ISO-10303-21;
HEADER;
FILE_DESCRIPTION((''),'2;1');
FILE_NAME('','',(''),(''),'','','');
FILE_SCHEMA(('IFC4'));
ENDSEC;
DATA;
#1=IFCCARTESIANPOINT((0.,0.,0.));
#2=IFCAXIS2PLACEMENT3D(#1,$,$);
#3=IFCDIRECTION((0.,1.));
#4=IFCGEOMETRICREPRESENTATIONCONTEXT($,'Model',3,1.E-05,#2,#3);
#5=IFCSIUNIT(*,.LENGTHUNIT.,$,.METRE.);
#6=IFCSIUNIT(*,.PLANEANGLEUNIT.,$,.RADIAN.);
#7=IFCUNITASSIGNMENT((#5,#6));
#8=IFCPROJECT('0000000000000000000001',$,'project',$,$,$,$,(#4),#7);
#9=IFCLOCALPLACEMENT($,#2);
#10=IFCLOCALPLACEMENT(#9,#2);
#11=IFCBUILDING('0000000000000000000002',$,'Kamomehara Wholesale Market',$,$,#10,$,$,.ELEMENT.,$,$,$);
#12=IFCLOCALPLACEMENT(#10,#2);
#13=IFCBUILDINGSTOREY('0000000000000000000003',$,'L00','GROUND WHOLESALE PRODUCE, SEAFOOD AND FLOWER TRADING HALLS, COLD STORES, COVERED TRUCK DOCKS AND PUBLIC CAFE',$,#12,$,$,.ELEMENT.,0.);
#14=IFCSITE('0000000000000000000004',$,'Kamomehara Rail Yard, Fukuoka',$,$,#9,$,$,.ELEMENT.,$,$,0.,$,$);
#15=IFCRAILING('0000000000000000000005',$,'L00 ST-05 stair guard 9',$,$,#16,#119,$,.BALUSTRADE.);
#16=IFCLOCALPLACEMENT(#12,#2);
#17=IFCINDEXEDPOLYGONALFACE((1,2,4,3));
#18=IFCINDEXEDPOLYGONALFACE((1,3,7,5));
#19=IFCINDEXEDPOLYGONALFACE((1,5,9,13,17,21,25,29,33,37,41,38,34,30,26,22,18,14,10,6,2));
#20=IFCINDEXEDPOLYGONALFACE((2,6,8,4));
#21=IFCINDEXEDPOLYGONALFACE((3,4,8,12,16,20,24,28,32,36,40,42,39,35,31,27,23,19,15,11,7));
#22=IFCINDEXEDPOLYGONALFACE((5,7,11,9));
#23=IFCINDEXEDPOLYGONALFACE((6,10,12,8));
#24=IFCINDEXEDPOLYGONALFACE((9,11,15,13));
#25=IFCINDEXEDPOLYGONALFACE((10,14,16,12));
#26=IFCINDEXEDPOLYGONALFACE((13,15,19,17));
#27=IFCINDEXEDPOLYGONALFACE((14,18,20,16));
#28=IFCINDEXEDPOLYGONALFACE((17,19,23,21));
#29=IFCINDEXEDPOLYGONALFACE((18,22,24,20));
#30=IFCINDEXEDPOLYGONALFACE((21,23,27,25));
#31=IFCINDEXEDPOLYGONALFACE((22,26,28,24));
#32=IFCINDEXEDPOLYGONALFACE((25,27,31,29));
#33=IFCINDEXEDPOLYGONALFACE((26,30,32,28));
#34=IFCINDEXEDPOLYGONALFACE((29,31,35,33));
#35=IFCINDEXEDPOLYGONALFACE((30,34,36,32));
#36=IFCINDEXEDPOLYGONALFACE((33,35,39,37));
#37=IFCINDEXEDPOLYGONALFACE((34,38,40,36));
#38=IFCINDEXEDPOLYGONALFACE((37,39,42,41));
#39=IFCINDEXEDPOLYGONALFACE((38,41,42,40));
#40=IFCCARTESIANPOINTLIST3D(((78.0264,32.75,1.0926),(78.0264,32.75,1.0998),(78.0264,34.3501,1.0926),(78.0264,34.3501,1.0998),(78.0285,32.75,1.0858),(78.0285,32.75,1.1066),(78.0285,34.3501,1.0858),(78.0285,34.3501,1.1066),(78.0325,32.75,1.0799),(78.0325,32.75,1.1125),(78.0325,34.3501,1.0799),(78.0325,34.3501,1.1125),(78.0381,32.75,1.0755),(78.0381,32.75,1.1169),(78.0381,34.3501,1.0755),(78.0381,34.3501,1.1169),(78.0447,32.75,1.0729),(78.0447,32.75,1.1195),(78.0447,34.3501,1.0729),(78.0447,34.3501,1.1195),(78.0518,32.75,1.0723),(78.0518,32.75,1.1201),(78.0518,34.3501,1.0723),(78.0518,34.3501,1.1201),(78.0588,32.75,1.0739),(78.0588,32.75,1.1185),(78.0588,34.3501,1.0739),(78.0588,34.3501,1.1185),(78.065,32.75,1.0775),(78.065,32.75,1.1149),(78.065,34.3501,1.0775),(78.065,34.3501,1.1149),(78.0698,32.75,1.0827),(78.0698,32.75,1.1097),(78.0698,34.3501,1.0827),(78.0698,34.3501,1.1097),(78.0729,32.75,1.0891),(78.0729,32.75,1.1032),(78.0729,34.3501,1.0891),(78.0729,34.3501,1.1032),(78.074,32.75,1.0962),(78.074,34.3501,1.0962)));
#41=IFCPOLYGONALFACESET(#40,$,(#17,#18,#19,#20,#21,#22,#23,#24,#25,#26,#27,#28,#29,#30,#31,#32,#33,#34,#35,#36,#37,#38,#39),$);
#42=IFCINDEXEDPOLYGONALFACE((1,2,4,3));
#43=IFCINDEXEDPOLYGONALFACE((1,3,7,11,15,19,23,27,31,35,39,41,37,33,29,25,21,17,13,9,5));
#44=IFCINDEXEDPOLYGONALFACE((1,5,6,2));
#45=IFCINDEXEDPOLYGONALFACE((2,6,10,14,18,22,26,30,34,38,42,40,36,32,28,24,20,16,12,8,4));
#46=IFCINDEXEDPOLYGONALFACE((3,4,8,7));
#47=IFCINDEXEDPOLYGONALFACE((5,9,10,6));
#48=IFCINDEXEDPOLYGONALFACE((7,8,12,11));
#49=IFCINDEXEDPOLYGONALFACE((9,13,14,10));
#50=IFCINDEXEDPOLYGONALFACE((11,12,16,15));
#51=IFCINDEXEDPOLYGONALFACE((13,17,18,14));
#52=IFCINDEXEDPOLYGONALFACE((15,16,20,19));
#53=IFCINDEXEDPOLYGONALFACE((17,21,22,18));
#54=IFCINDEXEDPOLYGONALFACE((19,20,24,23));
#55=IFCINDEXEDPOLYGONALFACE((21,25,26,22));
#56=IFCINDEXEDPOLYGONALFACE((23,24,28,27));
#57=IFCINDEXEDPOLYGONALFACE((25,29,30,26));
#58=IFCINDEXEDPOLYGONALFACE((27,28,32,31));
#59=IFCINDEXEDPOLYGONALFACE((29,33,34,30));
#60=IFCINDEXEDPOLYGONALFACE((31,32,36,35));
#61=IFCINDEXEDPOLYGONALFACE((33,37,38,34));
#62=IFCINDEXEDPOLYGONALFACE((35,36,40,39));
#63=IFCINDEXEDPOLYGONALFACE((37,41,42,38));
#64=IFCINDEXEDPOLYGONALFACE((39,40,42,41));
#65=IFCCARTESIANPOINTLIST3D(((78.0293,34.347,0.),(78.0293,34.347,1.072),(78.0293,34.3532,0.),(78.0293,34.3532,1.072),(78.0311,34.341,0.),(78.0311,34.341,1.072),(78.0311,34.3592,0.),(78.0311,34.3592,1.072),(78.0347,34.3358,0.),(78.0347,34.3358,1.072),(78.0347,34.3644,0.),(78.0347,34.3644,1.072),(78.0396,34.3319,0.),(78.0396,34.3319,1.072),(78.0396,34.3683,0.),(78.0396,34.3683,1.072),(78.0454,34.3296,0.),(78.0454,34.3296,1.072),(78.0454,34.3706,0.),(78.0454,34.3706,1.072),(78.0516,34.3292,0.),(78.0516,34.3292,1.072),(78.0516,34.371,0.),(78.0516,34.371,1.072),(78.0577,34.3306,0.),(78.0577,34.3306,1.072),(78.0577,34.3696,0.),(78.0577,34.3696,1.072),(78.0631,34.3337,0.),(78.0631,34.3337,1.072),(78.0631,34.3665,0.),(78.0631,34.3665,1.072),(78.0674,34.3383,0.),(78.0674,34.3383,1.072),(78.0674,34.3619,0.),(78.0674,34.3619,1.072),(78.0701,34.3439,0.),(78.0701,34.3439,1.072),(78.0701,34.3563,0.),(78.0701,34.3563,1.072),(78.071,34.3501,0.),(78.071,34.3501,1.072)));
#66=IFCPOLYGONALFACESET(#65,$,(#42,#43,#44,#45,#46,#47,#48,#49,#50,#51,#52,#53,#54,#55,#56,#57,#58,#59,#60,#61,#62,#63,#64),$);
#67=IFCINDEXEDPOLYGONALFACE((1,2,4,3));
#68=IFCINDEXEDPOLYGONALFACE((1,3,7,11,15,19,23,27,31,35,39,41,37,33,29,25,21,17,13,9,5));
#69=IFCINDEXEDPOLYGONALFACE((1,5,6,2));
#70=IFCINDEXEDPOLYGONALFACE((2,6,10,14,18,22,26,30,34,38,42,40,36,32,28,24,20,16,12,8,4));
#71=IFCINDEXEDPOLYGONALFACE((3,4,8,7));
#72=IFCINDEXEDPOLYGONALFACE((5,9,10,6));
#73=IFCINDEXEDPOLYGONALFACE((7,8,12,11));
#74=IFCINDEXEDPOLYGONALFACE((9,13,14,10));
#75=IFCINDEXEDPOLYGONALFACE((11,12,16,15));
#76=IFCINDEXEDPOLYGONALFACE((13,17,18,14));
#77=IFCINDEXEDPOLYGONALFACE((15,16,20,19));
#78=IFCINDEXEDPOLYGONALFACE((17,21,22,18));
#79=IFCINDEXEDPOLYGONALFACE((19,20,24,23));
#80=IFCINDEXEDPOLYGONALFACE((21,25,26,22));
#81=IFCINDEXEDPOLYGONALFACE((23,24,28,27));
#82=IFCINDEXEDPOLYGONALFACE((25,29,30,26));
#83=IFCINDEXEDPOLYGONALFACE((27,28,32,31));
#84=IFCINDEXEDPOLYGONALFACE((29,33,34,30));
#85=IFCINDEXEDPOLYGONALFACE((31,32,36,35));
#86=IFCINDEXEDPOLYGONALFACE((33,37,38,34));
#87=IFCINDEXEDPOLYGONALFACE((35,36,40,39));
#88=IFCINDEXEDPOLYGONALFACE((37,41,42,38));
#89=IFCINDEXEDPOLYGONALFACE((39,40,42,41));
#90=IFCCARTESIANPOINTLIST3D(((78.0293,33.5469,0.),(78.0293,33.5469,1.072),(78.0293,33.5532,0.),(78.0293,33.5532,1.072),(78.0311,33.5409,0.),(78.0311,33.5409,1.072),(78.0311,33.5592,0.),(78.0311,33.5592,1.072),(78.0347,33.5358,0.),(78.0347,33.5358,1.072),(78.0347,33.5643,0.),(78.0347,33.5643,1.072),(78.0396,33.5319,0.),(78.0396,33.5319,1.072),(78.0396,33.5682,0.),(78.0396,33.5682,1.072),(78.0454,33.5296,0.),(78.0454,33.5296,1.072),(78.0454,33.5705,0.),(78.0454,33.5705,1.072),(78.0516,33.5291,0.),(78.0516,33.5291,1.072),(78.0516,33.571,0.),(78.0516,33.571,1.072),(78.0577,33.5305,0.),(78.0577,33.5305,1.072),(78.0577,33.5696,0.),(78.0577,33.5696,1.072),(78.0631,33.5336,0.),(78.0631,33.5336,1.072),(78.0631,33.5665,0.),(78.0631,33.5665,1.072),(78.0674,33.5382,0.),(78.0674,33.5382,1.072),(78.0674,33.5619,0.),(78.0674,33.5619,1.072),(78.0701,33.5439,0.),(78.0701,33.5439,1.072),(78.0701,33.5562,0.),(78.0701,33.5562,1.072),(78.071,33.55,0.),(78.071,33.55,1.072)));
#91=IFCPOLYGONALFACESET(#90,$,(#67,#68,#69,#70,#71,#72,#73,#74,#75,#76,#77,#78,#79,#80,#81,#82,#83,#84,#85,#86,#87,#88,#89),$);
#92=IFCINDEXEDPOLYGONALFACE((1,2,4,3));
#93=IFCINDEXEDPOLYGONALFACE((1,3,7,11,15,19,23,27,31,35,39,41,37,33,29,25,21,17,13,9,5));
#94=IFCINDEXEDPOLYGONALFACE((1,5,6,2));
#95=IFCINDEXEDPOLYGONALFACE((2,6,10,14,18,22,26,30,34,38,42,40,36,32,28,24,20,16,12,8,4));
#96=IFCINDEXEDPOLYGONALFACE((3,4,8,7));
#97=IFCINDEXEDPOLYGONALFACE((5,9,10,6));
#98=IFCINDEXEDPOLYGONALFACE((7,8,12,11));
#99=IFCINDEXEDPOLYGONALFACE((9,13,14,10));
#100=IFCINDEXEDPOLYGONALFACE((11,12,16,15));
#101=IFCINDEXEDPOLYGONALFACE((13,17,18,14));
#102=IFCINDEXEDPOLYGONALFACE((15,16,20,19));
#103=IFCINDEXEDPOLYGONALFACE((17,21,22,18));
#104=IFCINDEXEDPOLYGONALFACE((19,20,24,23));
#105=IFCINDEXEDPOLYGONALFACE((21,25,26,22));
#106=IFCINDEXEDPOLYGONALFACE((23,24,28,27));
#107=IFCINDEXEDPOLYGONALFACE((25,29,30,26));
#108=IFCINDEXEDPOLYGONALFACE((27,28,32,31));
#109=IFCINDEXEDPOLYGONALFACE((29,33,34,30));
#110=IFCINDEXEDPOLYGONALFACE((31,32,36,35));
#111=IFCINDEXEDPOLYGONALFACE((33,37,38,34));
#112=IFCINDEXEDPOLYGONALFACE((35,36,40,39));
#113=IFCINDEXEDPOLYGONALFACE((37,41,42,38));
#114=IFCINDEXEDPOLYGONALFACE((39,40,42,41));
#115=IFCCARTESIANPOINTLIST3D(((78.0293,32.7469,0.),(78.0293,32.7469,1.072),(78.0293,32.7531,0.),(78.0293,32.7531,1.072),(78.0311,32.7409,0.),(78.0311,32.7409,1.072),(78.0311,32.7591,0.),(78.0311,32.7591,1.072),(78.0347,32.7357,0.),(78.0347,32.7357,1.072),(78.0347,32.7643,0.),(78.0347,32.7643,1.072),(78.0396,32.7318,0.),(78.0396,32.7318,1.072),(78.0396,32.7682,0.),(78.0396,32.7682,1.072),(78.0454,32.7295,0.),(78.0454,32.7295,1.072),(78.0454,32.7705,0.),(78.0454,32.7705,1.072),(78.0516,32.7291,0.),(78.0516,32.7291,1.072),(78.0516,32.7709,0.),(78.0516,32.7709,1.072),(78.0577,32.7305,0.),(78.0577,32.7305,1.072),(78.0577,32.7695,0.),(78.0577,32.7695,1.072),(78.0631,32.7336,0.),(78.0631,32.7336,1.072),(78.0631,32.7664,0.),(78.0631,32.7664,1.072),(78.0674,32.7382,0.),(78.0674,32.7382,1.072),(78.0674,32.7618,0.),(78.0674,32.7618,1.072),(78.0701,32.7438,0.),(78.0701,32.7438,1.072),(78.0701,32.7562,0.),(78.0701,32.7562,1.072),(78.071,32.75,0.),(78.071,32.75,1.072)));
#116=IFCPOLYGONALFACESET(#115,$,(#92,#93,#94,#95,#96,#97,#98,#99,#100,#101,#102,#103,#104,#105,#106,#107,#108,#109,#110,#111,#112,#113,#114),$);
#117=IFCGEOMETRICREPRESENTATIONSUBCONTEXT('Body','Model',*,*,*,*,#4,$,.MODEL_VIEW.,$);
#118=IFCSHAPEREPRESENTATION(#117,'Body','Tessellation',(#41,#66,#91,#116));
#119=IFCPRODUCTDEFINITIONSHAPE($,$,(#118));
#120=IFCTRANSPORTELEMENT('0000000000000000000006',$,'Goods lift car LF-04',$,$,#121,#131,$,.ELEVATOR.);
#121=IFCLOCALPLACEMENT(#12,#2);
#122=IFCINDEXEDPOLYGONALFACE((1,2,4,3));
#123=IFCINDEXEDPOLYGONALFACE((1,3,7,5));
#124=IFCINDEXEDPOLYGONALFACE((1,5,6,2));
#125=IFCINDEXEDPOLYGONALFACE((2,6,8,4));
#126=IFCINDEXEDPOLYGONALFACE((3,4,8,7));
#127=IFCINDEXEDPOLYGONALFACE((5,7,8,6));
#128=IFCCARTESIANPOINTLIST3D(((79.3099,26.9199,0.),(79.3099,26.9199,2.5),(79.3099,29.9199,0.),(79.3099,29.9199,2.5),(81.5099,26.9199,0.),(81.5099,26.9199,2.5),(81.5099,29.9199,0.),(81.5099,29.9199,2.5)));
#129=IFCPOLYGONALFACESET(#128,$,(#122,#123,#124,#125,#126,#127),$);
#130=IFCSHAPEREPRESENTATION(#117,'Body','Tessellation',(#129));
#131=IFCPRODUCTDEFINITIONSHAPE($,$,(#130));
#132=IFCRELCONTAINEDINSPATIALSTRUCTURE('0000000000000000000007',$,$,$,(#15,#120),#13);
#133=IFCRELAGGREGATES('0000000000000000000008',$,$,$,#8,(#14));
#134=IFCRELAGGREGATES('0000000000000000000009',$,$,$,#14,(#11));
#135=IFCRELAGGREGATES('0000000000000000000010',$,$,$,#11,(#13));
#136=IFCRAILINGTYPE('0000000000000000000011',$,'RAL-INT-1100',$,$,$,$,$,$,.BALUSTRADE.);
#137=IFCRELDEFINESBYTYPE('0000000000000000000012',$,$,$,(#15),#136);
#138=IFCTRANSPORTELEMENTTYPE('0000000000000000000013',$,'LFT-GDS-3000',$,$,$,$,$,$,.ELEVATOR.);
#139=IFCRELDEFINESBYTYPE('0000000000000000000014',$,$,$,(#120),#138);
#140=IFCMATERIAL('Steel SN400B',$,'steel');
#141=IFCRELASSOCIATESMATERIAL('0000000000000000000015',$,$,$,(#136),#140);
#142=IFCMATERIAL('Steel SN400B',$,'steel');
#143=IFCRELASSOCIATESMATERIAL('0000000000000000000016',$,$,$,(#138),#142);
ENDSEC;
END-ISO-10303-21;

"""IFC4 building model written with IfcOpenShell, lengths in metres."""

from ifc_helpers import new_model, si_unit, direction, frame, origin, origin_2d, place, context, subcontext, project, spatial, rectangle, circle, extrude, material, type_object, element, save


model = new_model("IFC4")

# Units and contexts
model_context = context("Model", 3, precision=1e-05, world=origin(), true_north=direction((0.0, 1.0)))
body_context = subcontext(model_context, "Body", "Model", "MODEL_VIEW")
ifc_project = project(units=[si_unit("LENGTHUNIT", "METRE"), si_unit("PLANEANGLEUNIT", "RADIAN")], contexts=[model_context])

# Site, building, storey
site_placement = place(None, origin())
site = spatial("IfcSite", under=ifc_project, at=site_placement, Name="Kamomehara Rail Yard, Fukuoka", CompositionType="ELEMENT", RefElevation=0.0)
building_placement = place(site_placement, origin())
building = spatial("IfcBuilding", under=site, at=building_placement, Name="Kamomehara Wholesale Market", CompositionType="ELEMENT")
storey_placement = place(building_placement, origin())
storey = spatial("IfcBuildingStorey", under=building, at=storey_placement, Name="L00", Description="GROUND WHOLESALE PRODUCE, SEAFOOD AND FLOWER TRADING HALLS, COLD STORES, COVERED TRUCK DOCKS AND PUBLIC CAFE", CompositionType="ELEMENT", Elevation=0.0)

# Railing
ifc_material_1 = material(Name="Steel SN400B", Category="steel")
railing_type_1 = type_object("IfcRailingType", Name="RAL-INT-1100", PredefinedType="BALUSTRADE", material=ifc_material_1)
for number, where, name in (
    (1, (78.05, 34.3501, 0.0), "L00 ST-05 stair guard 9"),
):
    element("IfcRailing", number, at=place(storey_placement, frame(where)), inside=storey, type_object=railing_type_1, Name=name, PredefinedType="BALUSTRADE", context=body_context, shape_type="SweptSolid", body=[
        extrude(circle(Radius=0.0239, at=origin_2d()), frame((0.0, 0.0, 1.0962), z_axis=(0.0, -1.0, 0.0), x_axis=(1.0, 0.0, 0.0)), (0.0, 0.0, 1.0), 1.6001),
        extrude(circle(Radius=0.021, at=origin_2d()), origin(), (0.0, 0.0, 1.0), 1.072),
        extrude(circle(Radius=0.021, at=origin_2d()), frame((0.0, -0.8, 0.0)), (0.0, 0.0, 1.0), 1.072),
        extrude(circle(Radius=0.021, at=origin_2d()), frame((0.0, -1.6001, 0.0)), (0.0, 0.0, 1.0), 1.072),
    ])

# Transport element
ifc_material_2 = material(Name="Steel SN400B", Category="steel")
transport_element_type = type_object("IfcTransportElementType", Name="LFT-GDS-3000", PredefinedType="ELEVATOR", material=ifc_material_2)
transport_element_placement = place(storey_placement, frame((80.4099, 28.4199, 0.0), z_axis=(0.0, 0.0, 1.0), x_axis=(1.0, 0.0, 0.0)))
element("IfcTransportElement", 2, at=transport_element_placement, inside=storey, type_object=transport_element_type, Name="Goods lift car LF-04", PredefinedType="ELEVATOR", context=body_context, shape_type="SweptSolid", body=[
    extrude(rectangle(XDim=2.2, YDim=3.0, at=origin_2d()), origin(), (0.0, 0.0, 1.0), 2.5),
])

save(model, "model.ifc")
